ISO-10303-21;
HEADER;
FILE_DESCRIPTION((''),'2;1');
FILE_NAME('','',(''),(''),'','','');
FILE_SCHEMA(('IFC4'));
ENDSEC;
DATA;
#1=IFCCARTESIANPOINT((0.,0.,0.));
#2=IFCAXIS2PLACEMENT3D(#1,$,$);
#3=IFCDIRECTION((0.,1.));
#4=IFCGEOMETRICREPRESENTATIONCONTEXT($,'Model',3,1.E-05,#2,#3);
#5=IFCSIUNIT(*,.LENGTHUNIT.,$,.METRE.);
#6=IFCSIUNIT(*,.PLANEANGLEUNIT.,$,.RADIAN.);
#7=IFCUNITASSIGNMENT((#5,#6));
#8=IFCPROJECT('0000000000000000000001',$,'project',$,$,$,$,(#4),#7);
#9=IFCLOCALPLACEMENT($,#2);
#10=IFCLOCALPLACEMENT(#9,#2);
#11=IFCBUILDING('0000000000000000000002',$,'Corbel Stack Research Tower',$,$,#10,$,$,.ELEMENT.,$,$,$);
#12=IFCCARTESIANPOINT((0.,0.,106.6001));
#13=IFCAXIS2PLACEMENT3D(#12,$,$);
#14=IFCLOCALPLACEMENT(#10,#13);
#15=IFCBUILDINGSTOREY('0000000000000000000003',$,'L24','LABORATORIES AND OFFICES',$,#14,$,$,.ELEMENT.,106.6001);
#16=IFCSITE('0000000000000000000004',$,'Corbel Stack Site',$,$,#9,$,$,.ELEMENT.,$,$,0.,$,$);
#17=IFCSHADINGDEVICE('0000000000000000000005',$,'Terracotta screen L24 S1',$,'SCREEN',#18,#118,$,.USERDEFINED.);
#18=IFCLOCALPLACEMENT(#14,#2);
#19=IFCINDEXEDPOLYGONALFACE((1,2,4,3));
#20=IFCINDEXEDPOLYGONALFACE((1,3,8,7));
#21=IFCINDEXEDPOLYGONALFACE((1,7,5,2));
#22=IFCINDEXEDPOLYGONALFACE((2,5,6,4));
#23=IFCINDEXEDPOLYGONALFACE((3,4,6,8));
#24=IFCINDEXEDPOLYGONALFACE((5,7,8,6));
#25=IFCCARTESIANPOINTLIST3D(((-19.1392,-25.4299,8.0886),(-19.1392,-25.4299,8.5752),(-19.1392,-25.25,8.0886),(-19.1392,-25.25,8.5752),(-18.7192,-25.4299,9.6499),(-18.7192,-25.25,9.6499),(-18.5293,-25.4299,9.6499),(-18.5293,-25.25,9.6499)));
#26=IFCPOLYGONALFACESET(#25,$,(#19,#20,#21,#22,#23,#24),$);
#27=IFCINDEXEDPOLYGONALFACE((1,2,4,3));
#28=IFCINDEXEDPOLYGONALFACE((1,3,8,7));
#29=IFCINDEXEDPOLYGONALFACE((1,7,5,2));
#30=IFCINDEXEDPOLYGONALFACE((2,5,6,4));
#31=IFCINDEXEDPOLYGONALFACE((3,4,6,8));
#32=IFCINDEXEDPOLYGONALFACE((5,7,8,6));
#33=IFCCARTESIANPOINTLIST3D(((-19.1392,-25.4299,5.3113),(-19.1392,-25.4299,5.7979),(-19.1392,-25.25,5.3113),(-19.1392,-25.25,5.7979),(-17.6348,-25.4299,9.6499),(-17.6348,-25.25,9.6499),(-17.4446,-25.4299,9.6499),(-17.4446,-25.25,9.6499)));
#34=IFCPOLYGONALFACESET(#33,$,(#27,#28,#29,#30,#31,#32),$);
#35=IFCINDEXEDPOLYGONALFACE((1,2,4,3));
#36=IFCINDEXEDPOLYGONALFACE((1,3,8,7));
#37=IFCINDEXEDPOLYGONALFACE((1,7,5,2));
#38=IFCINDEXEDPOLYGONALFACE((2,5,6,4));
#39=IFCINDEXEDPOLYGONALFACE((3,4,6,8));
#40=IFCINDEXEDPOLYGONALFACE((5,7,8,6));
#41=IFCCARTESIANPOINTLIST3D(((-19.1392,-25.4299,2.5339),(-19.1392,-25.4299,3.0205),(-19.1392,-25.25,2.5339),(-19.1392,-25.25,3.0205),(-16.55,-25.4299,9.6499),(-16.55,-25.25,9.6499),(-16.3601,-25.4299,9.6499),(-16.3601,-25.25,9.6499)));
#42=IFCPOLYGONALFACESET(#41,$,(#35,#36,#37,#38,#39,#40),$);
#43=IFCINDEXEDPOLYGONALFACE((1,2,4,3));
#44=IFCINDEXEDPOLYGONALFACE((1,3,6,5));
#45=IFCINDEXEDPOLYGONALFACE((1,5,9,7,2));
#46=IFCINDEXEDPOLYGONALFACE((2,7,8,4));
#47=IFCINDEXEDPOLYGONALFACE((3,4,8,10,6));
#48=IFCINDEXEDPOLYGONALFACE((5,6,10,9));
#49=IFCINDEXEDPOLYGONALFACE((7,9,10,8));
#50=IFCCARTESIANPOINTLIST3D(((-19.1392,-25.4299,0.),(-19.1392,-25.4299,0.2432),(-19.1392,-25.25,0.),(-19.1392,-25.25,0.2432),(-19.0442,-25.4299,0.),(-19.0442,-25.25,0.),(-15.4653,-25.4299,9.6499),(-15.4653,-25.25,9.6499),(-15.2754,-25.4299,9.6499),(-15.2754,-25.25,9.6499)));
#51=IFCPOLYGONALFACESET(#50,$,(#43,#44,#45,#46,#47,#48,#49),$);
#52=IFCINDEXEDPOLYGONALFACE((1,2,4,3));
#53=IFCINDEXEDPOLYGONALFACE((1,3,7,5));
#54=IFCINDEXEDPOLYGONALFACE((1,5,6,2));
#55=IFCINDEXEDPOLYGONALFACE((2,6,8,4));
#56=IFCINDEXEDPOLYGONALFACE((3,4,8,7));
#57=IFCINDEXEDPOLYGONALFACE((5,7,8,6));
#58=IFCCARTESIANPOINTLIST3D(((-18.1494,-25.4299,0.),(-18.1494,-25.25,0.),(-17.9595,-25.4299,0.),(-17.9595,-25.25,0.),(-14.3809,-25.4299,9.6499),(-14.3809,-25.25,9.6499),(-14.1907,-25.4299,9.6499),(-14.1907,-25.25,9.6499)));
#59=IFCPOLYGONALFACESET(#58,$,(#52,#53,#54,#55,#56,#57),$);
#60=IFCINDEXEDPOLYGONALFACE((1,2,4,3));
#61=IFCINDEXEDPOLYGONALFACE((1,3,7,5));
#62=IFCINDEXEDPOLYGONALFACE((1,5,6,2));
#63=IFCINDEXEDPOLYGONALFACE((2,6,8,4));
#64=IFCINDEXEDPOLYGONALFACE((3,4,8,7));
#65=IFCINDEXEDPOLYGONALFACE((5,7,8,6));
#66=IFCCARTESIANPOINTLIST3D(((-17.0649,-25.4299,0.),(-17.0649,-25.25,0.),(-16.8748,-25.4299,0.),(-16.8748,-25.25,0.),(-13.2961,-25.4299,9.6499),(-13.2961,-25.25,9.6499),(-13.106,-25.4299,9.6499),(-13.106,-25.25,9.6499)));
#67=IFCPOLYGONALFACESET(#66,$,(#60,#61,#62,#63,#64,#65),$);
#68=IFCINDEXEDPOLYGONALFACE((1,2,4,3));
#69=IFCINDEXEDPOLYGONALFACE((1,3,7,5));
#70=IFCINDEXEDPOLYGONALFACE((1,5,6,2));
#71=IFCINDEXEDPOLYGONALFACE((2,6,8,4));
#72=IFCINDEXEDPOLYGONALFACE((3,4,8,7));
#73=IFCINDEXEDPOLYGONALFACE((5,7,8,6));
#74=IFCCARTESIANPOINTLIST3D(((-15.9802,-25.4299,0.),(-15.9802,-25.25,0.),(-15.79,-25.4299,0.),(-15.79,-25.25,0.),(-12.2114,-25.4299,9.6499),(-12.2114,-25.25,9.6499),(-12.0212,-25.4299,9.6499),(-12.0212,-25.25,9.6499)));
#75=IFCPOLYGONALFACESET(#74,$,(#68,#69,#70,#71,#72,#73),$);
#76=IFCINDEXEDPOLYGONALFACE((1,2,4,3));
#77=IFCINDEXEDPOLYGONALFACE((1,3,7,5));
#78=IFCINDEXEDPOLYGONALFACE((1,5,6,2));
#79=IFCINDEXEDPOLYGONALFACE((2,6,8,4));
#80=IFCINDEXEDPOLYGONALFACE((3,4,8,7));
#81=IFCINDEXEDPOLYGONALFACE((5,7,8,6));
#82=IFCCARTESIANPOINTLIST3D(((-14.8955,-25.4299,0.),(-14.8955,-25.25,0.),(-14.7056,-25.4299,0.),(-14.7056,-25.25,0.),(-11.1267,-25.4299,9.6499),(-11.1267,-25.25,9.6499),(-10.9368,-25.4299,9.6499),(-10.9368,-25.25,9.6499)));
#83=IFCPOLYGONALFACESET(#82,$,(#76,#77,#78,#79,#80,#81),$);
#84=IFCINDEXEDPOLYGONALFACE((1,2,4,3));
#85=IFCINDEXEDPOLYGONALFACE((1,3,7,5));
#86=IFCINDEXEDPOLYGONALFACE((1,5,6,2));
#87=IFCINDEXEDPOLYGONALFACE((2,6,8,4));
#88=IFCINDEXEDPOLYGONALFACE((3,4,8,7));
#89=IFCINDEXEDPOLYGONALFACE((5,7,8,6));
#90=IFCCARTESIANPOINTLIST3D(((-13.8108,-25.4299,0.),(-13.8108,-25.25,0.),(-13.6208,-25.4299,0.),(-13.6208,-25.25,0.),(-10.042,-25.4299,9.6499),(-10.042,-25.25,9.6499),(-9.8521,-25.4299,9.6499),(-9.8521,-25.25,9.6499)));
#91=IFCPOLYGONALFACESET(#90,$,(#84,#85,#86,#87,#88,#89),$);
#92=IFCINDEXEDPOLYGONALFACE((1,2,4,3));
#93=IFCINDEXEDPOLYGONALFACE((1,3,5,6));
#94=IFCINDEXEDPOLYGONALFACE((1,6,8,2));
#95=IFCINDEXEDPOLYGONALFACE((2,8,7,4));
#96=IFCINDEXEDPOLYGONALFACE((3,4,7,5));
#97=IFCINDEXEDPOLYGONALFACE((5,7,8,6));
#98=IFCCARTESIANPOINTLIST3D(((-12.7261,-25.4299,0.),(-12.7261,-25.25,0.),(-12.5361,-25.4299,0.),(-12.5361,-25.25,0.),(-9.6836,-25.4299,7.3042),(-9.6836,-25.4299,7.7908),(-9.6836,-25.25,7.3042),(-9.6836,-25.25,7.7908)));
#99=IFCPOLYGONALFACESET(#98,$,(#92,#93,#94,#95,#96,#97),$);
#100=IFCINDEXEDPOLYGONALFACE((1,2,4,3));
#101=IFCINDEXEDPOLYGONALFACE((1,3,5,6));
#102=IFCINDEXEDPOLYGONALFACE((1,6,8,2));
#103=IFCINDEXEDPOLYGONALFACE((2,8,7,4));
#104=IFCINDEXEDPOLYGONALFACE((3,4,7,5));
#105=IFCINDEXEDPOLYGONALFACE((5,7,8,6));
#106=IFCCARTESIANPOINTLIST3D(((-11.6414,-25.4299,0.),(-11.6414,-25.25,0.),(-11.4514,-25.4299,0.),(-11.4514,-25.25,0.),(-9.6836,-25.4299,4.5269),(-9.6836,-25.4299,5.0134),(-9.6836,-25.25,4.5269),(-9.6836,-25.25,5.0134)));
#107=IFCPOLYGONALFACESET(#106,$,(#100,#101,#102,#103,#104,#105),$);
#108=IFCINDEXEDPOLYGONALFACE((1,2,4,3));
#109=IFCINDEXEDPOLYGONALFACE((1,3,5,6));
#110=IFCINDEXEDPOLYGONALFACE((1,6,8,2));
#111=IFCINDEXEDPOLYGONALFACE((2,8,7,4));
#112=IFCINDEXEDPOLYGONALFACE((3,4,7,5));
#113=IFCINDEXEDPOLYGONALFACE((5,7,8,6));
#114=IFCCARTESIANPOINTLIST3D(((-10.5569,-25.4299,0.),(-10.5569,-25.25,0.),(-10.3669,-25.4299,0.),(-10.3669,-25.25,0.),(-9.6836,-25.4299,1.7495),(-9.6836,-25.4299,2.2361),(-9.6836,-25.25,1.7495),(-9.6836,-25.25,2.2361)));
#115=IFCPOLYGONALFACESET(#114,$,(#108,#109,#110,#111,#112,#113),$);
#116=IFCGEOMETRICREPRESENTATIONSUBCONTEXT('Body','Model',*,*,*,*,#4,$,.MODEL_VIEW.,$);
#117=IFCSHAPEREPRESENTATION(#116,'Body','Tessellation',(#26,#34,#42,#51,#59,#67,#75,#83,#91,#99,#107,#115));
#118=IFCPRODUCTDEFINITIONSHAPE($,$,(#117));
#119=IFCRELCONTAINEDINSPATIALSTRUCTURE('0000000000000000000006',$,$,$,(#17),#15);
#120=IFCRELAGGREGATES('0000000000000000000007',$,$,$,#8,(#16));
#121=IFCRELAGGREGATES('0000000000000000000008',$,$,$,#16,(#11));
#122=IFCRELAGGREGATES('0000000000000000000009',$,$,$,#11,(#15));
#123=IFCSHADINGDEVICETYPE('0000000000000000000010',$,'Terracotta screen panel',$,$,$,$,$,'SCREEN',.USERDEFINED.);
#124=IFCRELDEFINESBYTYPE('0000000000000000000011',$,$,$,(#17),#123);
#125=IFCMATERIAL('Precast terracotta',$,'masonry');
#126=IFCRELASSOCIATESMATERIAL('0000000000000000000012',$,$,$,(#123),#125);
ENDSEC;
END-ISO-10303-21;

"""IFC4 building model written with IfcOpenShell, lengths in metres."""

from ifc_helpers import new_model, si_unit, direction, frame, origin, place, context, subcontext, project, spatial, polyline, outline, extrude, source, transform, mapped, material, type_object, element, save


model = new_model("IFC4")

# Units and contexts
model_context = context("Model", 3, precision=1e-05, world=origin(), true_north=direction((0.0, 1.0)))
body_context = subcontext(model_context, "Body", "Model", "MODEL_VIEW")
ifc_project = project(units=[si_unit("LENGTHUNIT", "METRE"), si_unit("PLANEANGLEUNIT", "RADIAN")], contexts=[model_context])

# Site, building, storey
site_placement = place(None, origin())
site = spatial("IfcSite", under=ifc_project, at=site_placement, Name="Corbel Stack Site", CompositionType="ELEMENT", RefElevation=0.0)
building_placement = place(site_placement, origin())
building = spatial("IfcBuilding", under=site, at=building_placement, Name="Corbel Stack Research Tower", CompositionType="ELEMENT")
storey_placement = place(building_placement, frame((0.0, 0.0, 106.6001)))
storey = spatial("IfcBuildingStorey", under=building, at=storey_placement, Name="L24", Description="LABORATORIES AND OFFICES", CompositionType="ELEMENT", Elevation=106.6001)

# Shading device
ifc_material_1 = material(Name="Precast terracotta", Category="masonry")
shading_device_type = type_object("IfcShadingDeviceType", Name="Terracotta screen panel", ElementType="SCREEN", PredefinedType="USERDEFINED", material=ifc_material_1)
shared_shape_1 = source(origin(), body_context, "Body", "SweptSolid", [
    extrude(outline(polyline([(0.6099, 9.6499), (0.4199, 9.6499), (0.0, 8.5752), (0.0, 8.0886), (0.6099, 9.6499)])), frame((0.0, 0.0, 0.0), z_axis=(0.0, -1.0, 0.0), x_axis=(1.0, 0.0, 0.0)), (0.0, 0.0, 1.0), 0.1799),
    extrude(outline(polyline([(1.6946, 9.6499), (1.5044, 9.6499), (0.0, 5.7979), (0.0, 5.3113), (1.6946, 9.6499)])), frame((0.0, 0.0, 0.0), z_axis=(0.0, -1.0, 0.0), x_axis=(1.0, 0.0, 0.0)), (0.0, 0.0, 1.0), 0.1799),
    extrude(outline(polyline([(2.7791, 9.6499), (2.5891, 9.6499), (0.0, 3.0205), (0.0, 2.5339), (2.7791, 9.6499)])), frame((0.0, 0.0, 0.0), z_axis=(0.0, -1.0, 0.0), x_axis=(1.0, 0.0, 0.0)), (0.0, 0.0, 1.0), 0.1799),
    extrude(outline(polyline([(0.095, 0.0), (3.8638, 9.6499), (3.6738, 9.6499), (0.0, 0.2432), (0.0, 0.0), (0.095, 0.0)])), frame((0.0, 0.0, 0.0), z_axis=(0.0, -1.0, 0.0), x_axis=(1.0, 0.0, 0.0)), (0.0, 0.0, 1.0), 0.1799),
    extrude(outline(polyline([(1.1797, 0.0), (4.9485, 9.6499), (4.7583, 9.6499), (0.9897, 0.0), (1.1797, 0.0)])), frame((0.0, 0.0, 0.0), z_axis=(0.0, -1.0, 0.0), x_axis=(1.0, 0.0, 0.0)), (0.0, 0.0, 1.0), 0.1799),
    extrude(outline(polyline([(2.2644, 0.0), (6.0332, 9.6499), (5.843, 9.6499), (2.0742, 0.0), (2.2644, 0.0)])), frame((0.0, 0.0, 0.0), z_axis=(0.0, -1.0, 0.0), x_axis=(1.0, 0.0, 0.0)), (0.0, 0.0, 1.0), 0.1799),
    extrude(outline(polyline([(3.3491, 0.0), (7.1179, 9.6499), (6.9277, 9.6499), (3.1589, 0.0), (3.3491, 0.0)])), frame((0.0, 0.0, 0.0), z_axis=(0.0, -1.0, 0.0), x_axis=(1.0, 0.0, 0.0)), (0.0, 0.0, 1.0), 0.1799),
    extrude(outline(polyline([(4.4336, 0.0), (8.2024, 9.6499), (8.0125, 9.6499), (4.2437, 0.0), (4.4336, 0.0)])), frame((0.0, 0.0, 0.0), z_axis=(0.0, -1.0, 0.0), x_axis=(1.0, 0.0, 0.0)), (0.0, 0.0, 1.0), 0.1799),
    extrude(outline(polyline([(5.5183, 0.0), (9.2871, 9.6499), (9.0972, 9.6499), (5.3284, 0.0), (5.5183, 0.0)])), frame((0.0, 0.0, 0.0), z_axis=(0.0, -1.0, 0.0), x_axis=(1.0, 0.0, 0.0)), (0.0, 0.0, 1.0), 0.1799),
    extrude(outline(polyline([(6.603, 0.0), (9.4556, 7.3042), (9.4556, 7.7908), (6.4131, 0.0), (6.603, 0.0)])), frame((0.0, 0.0, 0.0), z_axis=(0.0, -1.0, 0.0), x_axis=(1.0, 0.0, 0.0)), (0.0, 0.0, 1.0), 0.1799),
    extrude(outline(polyline([(7.6877, 0.0), (9.4556, 4.5269), (9.4556, 5.0134), (7.4978, 0.0), (7.6877, 0.0)])), frame((0.0, 0.0, 0.0), z_axis=(0.0, -1.0, 0.0), x_axis=(1.0, 0.0, 0.0)), (0.0, 0.0, 1.0), 0.1799),
    extrude(outline(polyline([(8.7722, 0.0), (9.4556, 1.7495), (9.4556, 2.2361), (8.5823, 0.0), (8.7722, 0.0)])), frame((0.0, 0.0, 0.0), z_axis=(0.0, -1.0, 0.0), x_axis=(1.0, 0.0, 0.0)), (0.0, 0.0, 1.0), 0.1799),
])
shading_device_1_placement = place(storey_placement, frame((-19.1392, -25.25, 0.0), z_axis=(0.0, 0.0, 1.0), x_axis=(1.0, 0.0, 0.0)))
element("IfcShadingDevice", 1, at=shading_device_1_placement, inside=storey, type_object=shading_device_type, Name="Terracotta screen L24 S1", ObjectType="SCREEN", PredefinedType="USERDEFINED", context=body_context, shape_type="MappedRepresentation", body=[
    mapped(shared_shape_1, transform((0.0, 0.0, 0.0))),
])

save(model, "model.ifc")
